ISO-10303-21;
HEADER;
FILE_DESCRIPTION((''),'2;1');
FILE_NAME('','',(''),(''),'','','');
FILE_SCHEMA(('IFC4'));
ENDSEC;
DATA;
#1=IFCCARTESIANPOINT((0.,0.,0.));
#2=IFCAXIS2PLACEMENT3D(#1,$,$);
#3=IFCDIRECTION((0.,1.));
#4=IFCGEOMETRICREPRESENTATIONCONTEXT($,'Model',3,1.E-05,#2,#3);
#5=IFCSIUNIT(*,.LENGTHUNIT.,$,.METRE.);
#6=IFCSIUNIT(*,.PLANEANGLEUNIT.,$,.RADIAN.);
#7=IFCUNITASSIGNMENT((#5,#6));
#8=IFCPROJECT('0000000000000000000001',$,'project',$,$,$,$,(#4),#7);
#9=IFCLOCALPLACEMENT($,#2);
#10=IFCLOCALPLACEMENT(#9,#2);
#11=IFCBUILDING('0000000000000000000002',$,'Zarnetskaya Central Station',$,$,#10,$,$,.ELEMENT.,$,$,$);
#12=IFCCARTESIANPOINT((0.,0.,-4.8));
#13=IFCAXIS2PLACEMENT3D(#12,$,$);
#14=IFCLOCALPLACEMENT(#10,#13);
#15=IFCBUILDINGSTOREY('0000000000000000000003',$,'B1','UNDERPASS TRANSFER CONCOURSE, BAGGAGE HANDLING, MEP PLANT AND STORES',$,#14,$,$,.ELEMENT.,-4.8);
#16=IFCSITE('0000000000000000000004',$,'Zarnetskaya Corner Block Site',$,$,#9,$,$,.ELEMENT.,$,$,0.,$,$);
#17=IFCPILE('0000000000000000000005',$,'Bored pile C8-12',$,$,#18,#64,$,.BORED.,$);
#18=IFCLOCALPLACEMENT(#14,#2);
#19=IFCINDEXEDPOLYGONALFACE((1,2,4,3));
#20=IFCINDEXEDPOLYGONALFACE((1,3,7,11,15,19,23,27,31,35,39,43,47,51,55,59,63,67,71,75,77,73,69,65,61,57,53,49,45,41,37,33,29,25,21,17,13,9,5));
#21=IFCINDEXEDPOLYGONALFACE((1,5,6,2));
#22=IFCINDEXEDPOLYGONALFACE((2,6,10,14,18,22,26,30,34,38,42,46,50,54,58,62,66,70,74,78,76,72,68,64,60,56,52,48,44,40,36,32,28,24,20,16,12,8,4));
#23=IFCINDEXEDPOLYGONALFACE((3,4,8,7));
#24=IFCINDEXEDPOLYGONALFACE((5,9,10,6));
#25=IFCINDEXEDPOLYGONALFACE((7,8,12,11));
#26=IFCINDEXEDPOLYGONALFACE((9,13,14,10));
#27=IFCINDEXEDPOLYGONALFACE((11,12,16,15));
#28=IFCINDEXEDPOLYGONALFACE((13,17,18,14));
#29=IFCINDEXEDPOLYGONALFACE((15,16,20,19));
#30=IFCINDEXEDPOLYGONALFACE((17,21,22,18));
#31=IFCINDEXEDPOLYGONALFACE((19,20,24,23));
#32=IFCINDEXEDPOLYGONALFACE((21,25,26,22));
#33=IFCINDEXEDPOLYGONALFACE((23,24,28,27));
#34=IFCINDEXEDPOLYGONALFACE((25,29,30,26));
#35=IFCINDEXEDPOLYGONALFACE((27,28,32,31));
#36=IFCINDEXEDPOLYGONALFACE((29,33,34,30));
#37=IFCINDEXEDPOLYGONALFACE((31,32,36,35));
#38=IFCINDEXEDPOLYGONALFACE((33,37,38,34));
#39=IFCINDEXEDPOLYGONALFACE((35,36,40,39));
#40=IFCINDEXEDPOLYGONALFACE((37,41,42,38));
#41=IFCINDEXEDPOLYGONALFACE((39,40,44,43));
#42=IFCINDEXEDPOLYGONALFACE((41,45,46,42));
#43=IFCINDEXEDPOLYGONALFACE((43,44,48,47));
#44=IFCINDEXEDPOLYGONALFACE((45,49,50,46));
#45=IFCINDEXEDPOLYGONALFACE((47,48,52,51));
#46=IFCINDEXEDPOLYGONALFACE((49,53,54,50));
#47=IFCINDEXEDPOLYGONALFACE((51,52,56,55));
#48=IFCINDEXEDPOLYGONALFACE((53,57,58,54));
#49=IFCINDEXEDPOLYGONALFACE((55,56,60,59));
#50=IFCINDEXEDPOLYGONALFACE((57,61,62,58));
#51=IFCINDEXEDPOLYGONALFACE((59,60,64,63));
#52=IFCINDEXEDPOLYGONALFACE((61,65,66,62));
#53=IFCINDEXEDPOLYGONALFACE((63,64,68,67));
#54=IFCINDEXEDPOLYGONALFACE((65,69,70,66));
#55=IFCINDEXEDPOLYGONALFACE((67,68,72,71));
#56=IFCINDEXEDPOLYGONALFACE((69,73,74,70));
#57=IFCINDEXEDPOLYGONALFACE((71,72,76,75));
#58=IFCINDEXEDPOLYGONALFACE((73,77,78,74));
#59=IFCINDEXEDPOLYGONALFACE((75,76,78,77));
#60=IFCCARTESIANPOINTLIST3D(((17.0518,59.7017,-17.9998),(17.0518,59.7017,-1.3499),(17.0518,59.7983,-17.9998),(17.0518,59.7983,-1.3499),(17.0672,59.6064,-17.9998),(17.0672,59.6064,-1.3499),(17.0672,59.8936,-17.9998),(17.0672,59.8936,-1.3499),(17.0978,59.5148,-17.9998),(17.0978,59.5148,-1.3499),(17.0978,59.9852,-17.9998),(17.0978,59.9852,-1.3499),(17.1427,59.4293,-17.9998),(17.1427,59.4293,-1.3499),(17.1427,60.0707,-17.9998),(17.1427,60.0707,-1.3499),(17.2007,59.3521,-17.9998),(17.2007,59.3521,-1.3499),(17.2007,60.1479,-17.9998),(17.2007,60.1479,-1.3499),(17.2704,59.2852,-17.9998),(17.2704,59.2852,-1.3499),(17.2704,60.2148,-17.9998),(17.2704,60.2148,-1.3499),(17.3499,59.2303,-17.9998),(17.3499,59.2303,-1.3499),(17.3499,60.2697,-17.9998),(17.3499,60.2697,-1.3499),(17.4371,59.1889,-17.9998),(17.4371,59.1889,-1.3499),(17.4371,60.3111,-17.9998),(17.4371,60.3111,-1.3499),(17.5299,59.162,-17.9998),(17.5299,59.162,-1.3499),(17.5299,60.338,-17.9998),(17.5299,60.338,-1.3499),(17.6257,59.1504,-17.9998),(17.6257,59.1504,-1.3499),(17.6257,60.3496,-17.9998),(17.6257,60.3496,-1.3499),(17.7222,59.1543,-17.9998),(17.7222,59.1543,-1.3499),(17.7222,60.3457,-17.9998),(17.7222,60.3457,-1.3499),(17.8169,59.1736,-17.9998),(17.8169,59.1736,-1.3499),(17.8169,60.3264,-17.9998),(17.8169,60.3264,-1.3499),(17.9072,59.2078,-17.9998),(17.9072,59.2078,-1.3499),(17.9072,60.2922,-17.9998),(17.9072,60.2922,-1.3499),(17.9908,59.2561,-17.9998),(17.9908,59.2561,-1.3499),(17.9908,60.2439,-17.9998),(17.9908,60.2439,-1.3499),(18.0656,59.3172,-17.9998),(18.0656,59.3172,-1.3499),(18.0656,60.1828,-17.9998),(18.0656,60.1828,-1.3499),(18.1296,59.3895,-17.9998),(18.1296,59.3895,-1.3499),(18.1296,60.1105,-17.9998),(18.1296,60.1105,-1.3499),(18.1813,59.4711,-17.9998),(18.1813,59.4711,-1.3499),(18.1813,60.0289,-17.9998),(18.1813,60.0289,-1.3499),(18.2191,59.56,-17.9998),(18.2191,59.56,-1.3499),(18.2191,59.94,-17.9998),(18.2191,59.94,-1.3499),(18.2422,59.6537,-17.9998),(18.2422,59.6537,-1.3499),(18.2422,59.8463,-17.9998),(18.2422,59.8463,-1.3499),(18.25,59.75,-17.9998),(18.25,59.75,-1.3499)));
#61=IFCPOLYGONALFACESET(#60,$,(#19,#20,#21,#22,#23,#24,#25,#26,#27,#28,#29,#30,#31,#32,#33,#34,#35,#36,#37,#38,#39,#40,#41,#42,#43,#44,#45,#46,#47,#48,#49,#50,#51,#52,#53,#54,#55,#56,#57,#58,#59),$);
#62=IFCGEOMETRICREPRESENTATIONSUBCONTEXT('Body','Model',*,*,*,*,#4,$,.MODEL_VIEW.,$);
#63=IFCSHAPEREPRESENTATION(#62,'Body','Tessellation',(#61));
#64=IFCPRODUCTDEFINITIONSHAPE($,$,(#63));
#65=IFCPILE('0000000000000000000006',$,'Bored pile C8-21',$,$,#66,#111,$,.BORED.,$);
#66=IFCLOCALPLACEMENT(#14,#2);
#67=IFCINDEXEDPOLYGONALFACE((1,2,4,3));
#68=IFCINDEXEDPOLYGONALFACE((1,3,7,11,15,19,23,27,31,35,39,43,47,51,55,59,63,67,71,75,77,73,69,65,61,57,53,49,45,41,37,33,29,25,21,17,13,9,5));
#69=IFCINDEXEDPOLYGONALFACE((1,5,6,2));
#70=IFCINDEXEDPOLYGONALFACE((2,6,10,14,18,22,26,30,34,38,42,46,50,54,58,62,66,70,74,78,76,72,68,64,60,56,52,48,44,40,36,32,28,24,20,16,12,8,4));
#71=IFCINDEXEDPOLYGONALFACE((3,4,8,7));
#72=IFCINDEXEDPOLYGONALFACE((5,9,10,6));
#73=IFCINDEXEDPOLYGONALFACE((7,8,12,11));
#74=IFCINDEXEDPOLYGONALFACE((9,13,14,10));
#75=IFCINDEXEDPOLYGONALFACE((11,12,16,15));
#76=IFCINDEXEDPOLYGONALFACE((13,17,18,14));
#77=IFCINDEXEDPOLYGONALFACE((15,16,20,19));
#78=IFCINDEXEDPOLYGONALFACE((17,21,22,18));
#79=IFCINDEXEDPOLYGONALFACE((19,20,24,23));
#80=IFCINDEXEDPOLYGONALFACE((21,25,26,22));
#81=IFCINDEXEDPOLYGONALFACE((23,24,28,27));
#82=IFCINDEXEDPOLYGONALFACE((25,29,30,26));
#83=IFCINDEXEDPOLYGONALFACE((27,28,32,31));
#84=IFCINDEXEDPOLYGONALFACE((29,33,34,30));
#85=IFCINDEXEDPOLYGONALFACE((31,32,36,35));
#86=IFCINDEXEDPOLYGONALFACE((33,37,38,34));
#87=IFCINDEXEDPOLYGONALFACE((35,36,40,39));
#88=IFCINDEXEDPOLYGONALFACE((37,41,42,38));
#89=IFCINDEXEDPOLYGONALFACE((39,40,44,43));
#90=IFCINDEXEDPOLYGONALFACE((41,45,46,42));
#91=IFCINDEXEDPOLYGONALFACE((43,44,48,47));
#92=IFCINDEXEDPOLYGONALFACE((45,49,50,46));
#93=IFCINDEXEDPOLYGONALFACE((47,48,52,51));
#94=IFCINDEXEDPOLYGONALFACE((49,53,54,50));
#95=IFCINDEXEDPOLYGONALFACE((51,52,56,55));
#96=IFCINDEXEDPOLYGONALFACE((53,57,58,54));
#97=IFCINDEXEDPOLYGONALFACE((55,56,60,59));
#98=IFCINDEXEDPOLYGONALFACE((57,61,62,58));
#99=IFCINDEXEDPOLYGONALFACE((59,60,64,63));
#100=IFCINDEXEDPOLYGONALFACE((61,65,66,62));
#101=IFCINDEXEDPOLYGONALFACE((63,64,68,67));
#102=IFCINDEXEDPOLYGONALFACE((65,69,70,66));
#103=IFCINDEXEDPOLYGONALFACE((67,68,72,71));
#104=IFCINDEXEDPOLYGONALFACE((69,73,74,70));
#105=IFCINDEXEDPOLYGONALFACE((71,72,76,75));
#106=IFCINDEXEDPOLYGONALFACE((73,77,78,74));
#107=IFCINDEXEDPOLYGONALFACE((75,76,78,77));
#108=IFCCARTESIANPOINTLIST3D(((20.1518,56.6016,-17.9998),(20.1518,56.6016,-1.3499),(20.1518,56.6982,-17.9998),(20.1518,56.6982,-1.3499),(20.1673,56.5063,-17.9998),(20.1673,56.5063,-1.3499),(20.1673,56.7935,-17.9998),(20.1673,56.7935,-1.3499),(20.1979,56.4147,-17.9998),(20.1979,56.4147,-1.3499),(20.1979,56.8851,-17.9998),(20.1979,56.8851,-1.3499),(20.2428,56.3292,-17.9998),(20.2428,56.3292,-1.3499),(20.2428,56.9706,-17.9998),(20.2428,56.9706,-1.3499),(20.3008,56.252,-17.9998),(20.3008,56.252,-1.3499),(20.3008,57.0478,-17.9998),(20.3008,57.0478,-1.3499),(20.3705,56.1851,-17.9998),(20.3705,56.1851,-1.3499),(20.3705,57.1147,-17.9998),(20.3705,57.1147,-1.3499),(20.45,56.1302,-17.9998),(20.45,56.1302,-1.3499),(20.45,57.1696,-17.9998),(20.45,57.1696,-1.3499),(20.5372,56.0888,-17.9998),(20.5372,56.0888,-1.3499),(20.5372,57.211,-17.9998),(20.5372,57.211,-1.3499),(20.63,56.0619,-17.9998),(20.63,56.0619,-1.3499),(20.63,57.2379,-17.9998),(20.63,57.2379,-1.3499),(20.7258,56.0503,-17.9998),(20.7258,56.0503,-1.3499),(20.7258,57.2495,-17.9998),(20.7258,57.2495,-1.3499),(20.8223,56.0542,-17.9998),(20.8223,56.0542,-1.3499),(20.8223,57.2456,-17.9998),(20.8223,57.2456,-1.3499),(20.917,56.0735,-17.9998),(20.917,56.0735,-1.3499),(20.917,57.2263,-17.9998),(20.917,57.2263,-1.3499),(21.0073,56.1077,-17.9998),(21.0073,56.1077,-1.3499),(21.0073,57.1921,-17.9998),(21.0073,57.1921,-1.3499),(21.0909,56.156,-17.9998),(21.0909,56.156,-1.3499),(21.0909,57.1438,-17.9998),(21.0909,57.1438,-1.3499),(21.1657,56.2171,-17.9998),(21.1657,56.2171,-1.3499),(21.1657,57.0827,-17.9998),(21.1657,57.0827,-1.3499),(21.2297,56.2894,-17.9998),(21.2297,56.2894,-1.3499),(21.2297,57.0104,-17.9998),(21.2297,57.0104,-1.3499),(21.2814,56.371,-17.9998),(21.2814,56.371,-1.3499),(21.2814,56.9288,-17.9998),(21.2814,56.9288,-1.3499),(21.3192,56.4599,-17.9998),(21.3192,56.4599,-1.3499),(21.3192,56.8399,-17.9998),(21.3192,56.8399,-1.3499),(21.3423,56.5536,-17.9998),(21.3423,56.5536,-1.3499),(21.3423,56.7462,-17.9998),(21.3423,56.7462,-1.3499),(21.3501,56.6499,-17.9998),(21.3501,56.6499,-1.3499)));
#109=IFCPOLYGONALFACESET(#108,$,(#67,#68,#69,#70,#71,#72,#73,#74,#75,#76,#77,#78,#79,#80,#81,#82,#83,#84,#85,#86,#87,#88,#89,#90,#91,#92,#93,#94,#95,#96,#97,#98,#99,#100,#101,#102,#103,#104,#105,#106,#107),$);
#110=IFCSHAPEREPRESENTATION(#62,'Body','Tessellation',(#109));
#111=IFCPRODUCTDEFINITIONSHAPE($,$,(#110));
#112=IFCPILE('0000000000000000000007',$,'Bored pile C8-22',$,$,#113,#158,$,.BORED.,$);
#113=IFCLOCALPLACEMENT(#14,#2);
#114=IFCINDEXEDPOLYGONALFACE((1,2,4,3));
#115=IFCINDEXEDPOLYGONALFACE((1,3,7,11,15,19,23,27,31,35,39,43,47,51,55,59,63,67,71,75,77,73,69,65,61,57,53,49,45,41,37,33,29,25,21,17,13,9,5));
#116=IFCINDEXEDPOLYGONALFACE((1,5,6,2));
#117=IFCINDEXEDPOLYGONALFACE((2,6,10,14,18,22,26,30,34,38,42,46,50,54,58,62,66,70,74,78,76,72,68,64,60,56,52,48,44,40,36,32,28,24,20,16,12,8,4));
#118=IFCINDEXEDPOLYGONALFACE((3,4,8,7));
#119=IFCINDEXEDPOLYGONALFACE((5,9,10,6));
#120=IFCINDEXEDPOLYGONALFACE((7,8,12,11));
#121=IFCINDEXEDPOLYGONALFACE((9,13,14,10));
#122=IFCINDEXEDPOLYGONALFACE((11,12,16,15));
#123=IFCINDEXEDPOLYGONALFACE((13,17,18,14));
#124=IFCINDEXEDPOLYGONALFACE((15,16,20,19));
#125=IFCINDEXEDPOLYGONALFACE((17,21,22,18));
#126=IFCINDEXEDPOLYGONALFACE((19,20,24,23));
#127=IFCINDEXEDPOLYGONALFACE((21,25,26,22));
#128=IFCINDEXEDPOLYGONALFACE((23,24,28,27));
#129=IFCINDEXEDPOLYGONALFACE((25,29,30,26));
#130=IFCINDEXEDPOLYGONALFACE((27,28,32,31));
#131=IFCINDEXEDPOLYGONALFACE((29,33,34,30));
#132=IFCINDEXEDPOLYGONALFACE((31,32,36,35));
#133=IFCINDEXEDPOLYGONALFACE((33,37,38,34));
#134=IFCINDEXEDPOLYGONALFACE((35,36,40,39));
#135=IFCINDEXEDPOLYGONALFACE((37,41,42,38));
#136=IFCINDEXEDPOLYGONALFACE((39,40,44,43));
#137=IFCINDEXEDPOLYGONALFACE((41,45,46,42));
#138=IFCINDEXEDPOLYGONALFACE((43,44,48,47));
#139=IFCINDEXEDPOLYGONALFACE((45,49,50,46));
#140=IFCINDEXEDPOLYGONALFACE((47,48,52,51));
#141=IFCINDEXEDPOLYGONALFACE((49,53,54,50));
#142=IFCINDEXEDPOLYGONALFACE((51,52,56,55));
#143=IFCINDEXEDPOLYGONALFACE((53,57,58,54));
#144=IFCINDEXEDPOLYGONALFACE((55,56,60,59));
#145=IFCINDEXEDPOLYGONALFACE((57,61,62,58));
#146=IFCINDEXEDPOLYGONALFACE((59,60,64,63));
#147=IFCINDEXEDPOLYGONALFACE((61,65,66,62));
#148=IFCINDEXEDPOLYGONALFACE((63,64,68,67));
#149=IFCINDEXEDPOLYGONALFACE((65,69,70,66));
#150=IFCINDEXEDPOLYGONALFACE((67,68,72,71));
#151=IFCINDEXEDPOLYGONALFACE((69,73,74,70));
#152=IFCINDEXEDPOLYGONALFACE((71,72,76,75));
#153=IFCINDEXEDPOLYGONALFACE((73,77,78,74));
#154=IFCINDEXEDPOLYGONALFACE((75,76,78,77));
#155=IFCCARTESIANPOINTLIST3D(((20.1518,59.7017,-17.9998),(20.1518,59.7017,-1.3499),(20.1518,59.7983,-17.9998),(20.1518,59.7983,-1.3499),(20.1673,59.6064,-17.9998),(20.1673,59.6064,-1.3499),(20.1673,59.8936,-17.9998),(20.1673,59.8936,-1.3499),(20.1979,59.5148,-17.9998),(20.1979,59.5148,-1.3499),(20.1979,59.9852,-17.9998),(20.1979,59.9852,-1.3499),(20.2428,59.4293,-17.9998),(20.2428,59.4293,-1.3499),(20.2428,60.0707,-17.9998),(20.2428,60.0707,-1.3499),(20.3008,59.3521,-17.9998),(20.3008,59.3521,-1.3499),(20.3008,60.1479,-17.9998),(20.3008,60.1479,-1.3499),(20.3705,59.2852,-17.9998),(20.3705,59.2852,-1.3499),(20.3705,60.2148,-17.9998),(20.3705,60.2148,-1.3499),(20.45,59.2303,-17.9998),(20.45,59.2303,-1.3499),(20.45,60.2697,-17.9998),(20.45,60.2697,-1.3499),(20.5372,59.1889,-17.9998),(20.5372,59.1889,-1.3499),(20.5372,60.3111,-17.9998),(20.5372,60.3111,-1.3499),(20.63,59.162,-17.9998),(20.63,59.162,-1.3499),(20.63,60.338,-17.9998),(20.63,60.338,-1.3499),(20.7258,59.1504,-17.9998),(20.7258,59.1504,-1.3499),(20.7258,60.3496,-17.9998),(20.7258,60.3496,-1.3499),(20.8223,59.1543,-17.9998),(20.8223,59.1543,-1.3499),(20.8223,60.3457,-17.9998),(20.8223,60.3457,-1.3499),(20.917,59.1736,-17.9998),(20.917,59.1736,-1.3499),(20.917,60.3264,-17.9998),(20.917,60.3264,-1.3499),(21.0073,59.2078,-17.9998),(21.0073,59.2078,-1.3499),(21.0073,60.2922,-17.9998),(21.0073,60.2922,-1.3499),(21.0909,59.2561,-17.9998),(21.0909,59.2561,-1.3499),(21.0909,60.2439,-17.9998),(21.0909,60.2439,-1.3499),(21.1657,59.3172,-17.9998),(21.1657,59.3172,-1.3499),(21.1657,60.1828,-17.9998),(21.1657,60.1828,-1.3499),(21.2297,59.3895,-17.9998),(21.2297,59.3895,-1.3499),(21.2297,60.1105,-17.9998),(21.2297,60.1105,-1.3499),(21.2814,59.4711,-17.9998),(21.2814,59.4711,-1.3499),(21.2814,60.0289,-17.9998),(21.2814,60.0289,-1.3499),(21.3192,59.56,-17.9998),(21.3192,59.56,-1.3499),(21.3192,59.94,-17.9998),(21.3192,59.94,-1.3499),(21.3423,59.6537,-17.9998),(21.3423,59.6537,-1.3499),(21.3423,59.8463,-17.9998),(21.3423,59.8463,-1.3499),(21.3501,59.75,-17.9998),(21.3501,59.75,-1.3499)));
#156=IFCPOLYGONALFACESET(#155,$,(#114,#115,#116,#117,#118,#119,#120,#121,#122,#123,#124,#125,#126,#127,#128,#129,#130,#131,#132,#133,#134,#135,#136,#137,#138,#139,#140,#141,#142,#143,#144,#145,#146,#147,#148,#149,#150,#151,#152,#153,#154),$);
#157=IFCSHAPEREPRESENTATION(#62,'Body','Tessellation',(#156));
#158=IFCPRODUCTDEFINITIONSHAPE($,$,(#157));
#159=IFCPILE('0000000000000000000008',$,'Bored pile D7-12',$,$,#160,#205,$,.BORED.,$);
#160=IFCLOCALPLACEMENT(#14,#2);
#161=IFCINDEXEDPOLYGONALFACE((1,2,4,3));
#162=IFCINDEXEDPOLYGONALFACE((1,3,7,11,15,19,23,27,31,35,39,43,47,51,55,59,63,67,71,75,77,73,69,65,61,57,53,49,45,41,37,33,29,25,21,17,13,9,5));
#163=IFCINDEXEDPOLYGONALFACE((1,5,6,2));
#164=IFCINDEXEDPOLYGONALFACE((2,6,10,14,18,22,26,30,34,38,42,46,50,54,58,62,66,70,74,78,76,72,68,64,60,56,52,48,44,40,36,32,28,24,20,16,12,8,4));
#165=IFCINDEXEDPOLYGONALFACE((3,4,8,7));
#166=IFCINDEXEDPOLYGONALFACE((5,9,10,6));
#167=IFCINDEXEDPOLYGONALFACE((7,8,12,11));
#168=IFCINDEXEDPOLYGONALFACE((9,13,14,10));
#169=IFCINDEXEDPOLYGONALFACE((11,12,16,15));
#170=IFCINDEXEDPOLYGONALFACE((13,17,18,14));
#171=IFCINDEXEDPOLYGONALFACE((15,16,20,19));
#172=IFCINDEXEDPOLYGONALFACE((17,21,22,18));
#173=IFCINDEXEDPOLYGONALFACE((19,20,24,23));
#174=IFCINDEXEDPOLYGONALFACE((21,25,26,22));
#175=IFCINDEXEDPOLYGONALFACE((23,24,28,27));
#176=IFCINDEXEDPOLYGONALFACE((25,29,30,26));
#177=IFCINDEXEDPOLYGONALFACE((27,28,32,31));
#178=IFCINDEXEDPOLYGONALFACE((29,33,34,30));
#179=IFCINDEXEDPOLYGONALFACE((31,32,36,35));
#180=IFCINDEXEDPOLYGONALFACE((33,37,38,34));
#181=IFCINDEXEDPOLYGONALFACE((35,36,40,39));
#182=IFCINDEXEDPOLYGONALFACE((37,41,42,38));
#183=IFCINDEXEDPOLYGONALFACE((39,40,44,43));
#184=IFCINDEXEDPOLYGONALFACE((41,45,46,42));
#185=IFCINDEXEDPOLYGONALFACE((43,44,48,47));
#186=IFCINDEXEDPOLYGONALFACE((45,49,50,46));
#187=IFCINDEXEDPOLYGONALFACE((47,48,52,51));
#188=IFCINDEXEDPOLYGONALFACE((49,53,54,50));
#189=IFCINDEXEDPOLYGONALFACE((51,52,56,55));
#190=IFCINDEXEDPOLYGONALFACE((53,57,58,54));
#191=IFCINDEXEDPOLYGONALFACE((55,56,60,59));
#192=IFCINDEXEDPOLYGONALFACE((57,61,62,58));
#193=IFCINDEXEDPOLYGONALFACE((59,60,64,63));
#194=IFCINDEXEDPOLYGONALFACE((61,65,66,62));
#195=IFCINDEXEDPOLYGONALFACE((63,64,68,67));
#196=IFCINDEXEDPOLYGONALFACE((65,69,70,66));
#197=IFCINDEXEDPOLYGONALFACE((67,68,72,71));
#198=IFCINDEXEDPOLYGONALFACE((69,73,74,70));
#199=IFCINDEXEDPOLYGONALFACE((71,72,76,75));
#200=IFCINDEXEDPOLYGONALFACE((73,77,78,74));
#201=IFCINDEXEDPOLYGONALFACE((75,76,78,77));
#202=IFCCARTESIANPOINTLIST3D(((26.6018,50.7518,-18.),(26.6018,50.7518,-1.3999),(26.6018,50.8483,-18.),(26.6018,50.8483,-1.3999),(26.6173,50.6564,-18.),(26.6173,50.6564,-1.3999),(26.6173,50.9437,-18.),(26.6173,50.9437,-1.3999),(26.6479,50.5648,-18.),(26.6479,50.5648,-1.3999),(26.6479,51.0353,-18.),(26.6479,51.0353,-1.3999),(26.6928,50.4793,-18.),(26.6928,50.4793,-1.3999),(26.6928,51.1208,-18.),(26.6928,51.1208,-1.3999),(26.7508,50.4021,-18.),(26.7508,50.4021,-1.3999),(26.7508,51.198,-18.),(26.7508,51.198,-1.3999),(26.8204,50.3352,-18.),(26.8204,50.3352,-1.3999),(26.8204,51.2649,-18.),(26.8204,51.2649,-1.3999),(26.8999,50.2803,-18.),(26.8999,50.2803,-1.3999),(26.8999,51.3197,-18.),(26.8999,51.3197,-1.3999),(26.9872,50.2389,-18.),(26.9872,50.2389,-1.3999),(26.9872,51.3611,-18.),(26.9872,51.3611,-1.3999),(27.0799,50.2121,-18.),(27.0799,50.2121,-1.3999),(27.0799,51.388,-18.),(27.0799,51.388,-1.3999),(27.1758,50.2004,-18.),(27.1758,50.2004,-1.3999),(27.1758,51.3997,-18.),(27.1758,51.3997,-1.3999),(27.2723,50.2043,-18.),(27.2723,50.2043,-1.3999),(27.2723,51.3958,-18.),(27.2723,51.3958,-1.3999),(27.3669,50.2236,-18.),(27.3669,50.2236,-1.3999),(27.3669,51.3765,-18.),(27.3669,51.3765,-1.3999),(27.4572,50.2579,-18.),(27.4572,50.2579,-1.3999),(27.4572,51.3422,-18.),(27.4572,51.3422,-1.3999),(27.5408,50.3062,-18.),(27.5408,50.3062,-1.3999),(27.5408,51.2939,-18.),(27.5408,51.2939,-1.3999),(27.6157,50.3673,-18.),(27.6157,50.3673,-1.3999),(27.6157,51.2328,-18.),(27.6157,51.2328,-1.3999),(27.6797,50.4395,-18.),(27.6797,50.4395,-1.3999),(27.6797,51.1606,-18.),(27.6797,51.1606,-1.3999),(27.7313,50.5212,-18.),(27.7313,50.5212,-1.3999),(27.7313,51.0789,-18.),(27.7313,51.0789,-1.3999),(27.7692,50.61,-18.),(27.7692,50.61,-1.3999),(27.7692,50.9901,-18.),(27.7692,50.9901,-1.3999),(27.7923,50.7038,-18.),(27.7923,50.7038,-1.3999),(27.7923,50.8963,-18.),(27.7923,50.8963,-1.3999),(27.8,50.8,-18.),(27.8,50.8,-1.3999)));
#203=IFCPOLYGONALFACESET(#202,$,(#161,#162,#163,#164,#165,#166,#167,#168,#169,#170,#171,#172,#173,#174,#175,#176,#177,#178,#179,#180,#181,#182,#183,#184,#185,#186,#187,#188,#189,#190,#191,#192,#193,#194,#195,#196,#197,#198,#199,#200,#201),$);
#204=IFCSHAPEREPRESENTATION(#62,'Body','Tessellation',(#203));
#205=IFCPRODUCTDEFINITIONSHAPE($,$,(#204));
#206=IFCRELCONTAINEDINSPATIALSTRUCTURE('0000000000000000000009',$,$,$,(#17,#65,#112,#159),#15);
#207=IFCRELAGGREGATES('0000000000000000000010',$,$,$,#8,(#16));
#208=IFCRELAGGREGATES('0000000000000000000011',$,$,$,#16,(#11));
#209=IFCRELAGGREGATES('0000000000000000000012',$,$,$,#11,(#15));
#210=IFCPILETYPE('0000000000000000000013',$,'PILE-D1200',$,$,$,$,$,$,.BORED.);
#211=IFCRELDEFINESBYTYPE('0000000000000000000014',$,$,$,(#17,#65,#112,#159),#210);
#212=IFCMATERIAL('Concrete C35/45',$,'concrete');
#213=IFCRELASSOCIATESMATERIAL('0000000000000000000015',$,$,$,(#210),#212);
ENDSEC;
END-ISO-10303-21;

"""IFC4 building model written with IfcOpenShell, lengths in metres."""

from ifc_helpers import new_model, si_unit, direction, frame, origin, origin_2d, place, context, subcontext, project, spatial, circle, extrude, material, material_profile, profile_set, type_object, element, save


model = new_model("IFC4")

# Units and contexts
model_context = context("Model", 3, precision=1e-05, world=origin(), true_north=direction((0.0, 1.0)))
body_context = subcontext(model_context, "Body", "Model", "MODEL_VIEW")
ifc_project = project(units=[si_unit("LENGTHUNIT", "METRE"), si_unit("PLANEANGLEUNIT", "RADIAN")], contexts=[model_context])

# Site, building, storey
site_placement = place(None, origin())
site = spatial("IfcSite", under=ifc_project, at=site_placement, Name="Zarnetskaya Corner Block Site", CompositionType="ELEMENT", RefElevation=0.0)
building_placement = place(site_placement, origin())
building = spatial("IfcBuilding", under=site, at=building_placement, Name="Zarnetskaya Central Station", CompositionType="ELEMENT")
storey_placement = place(building_placement, frame((0.0, 0.0, -4.8)))
storey = spatial("IfcBuildingStorey", under=building, at=storey_placement, Name="B1", Description="UNDERPASS TRANSFER CONCOURSE, BAGGAGE HANDLING, MEP PLANT AND STORES", CompositionType="ELEMENT", Elevation=-4.8)

# Shared definitions
ifc_material = material(Name="Concrete C35/45", Category="concrete")

# Piles
ifc_material_profile_1 = material_profile(ifc_material, circle(Radius=0.6001, at=origin_2d()), Name="BORED PILE D1200")
ifc_profile_set_1 = profile_set([ifc_material_profile_1], Name="Concrete C35/45")
pile_type_1 = type_object("IfcPileType", Name="PILE-D1200", PredefinedType="BORED", material=ifc_profile_set_1)
for number, where, z_axis, x_axis, name in (
    (1, (17.6499, 59.75, -1.3499), (0.0, 0.0, -1.0), (1.0, 0.0, 0.0), "Bored pile C8-12"),
    (2, (20.75, 56.6499, -1.3499), (0.0, 0.0, -1.0), (1.0, 0.0, 0.0), "Bored pile C8-21"),
    (3, (20.75, 59.75, -1.3499), (0.0, 0.0, -1.0), (1.0, 0.0, 0.0), "Bored pile C8-22"),
):
    element("IfcPile", number, at=place(storey_placement, frame(where, z_axis=z_axis, x_axis=x_axis)), inside=storey, type_object=pile_type_1, Name=name, PredefinedType="BORED", context=body_context, shape_type="SweptSolid", body=[
        extrude(circle(Radius=0.6001, at=origin_2d()), origin(), (0.0, 0.0, 1.0), 16.6499),
    ])
pile_1_placement = place(storey_placement, frame((27.2, 50.8, -1.3999), z_axis=(0.0, 0.0, -1.0), x_axis=(1.0, 0.0, 0.0)))
element("IfcPile", 4, at=pile_1_placement, inside=storey, type_object=pile_type_1, Name="Bored pile D7-12", PredefinedType="BORED", context=body_context, shape_type="SweptSolid", body=[
    extrude(circle(Radius=0.6001, at=origin_2d()), origin(), (0.0, 0.0, 1.0), 16.6001),
])

save(model, "model.ifc")
